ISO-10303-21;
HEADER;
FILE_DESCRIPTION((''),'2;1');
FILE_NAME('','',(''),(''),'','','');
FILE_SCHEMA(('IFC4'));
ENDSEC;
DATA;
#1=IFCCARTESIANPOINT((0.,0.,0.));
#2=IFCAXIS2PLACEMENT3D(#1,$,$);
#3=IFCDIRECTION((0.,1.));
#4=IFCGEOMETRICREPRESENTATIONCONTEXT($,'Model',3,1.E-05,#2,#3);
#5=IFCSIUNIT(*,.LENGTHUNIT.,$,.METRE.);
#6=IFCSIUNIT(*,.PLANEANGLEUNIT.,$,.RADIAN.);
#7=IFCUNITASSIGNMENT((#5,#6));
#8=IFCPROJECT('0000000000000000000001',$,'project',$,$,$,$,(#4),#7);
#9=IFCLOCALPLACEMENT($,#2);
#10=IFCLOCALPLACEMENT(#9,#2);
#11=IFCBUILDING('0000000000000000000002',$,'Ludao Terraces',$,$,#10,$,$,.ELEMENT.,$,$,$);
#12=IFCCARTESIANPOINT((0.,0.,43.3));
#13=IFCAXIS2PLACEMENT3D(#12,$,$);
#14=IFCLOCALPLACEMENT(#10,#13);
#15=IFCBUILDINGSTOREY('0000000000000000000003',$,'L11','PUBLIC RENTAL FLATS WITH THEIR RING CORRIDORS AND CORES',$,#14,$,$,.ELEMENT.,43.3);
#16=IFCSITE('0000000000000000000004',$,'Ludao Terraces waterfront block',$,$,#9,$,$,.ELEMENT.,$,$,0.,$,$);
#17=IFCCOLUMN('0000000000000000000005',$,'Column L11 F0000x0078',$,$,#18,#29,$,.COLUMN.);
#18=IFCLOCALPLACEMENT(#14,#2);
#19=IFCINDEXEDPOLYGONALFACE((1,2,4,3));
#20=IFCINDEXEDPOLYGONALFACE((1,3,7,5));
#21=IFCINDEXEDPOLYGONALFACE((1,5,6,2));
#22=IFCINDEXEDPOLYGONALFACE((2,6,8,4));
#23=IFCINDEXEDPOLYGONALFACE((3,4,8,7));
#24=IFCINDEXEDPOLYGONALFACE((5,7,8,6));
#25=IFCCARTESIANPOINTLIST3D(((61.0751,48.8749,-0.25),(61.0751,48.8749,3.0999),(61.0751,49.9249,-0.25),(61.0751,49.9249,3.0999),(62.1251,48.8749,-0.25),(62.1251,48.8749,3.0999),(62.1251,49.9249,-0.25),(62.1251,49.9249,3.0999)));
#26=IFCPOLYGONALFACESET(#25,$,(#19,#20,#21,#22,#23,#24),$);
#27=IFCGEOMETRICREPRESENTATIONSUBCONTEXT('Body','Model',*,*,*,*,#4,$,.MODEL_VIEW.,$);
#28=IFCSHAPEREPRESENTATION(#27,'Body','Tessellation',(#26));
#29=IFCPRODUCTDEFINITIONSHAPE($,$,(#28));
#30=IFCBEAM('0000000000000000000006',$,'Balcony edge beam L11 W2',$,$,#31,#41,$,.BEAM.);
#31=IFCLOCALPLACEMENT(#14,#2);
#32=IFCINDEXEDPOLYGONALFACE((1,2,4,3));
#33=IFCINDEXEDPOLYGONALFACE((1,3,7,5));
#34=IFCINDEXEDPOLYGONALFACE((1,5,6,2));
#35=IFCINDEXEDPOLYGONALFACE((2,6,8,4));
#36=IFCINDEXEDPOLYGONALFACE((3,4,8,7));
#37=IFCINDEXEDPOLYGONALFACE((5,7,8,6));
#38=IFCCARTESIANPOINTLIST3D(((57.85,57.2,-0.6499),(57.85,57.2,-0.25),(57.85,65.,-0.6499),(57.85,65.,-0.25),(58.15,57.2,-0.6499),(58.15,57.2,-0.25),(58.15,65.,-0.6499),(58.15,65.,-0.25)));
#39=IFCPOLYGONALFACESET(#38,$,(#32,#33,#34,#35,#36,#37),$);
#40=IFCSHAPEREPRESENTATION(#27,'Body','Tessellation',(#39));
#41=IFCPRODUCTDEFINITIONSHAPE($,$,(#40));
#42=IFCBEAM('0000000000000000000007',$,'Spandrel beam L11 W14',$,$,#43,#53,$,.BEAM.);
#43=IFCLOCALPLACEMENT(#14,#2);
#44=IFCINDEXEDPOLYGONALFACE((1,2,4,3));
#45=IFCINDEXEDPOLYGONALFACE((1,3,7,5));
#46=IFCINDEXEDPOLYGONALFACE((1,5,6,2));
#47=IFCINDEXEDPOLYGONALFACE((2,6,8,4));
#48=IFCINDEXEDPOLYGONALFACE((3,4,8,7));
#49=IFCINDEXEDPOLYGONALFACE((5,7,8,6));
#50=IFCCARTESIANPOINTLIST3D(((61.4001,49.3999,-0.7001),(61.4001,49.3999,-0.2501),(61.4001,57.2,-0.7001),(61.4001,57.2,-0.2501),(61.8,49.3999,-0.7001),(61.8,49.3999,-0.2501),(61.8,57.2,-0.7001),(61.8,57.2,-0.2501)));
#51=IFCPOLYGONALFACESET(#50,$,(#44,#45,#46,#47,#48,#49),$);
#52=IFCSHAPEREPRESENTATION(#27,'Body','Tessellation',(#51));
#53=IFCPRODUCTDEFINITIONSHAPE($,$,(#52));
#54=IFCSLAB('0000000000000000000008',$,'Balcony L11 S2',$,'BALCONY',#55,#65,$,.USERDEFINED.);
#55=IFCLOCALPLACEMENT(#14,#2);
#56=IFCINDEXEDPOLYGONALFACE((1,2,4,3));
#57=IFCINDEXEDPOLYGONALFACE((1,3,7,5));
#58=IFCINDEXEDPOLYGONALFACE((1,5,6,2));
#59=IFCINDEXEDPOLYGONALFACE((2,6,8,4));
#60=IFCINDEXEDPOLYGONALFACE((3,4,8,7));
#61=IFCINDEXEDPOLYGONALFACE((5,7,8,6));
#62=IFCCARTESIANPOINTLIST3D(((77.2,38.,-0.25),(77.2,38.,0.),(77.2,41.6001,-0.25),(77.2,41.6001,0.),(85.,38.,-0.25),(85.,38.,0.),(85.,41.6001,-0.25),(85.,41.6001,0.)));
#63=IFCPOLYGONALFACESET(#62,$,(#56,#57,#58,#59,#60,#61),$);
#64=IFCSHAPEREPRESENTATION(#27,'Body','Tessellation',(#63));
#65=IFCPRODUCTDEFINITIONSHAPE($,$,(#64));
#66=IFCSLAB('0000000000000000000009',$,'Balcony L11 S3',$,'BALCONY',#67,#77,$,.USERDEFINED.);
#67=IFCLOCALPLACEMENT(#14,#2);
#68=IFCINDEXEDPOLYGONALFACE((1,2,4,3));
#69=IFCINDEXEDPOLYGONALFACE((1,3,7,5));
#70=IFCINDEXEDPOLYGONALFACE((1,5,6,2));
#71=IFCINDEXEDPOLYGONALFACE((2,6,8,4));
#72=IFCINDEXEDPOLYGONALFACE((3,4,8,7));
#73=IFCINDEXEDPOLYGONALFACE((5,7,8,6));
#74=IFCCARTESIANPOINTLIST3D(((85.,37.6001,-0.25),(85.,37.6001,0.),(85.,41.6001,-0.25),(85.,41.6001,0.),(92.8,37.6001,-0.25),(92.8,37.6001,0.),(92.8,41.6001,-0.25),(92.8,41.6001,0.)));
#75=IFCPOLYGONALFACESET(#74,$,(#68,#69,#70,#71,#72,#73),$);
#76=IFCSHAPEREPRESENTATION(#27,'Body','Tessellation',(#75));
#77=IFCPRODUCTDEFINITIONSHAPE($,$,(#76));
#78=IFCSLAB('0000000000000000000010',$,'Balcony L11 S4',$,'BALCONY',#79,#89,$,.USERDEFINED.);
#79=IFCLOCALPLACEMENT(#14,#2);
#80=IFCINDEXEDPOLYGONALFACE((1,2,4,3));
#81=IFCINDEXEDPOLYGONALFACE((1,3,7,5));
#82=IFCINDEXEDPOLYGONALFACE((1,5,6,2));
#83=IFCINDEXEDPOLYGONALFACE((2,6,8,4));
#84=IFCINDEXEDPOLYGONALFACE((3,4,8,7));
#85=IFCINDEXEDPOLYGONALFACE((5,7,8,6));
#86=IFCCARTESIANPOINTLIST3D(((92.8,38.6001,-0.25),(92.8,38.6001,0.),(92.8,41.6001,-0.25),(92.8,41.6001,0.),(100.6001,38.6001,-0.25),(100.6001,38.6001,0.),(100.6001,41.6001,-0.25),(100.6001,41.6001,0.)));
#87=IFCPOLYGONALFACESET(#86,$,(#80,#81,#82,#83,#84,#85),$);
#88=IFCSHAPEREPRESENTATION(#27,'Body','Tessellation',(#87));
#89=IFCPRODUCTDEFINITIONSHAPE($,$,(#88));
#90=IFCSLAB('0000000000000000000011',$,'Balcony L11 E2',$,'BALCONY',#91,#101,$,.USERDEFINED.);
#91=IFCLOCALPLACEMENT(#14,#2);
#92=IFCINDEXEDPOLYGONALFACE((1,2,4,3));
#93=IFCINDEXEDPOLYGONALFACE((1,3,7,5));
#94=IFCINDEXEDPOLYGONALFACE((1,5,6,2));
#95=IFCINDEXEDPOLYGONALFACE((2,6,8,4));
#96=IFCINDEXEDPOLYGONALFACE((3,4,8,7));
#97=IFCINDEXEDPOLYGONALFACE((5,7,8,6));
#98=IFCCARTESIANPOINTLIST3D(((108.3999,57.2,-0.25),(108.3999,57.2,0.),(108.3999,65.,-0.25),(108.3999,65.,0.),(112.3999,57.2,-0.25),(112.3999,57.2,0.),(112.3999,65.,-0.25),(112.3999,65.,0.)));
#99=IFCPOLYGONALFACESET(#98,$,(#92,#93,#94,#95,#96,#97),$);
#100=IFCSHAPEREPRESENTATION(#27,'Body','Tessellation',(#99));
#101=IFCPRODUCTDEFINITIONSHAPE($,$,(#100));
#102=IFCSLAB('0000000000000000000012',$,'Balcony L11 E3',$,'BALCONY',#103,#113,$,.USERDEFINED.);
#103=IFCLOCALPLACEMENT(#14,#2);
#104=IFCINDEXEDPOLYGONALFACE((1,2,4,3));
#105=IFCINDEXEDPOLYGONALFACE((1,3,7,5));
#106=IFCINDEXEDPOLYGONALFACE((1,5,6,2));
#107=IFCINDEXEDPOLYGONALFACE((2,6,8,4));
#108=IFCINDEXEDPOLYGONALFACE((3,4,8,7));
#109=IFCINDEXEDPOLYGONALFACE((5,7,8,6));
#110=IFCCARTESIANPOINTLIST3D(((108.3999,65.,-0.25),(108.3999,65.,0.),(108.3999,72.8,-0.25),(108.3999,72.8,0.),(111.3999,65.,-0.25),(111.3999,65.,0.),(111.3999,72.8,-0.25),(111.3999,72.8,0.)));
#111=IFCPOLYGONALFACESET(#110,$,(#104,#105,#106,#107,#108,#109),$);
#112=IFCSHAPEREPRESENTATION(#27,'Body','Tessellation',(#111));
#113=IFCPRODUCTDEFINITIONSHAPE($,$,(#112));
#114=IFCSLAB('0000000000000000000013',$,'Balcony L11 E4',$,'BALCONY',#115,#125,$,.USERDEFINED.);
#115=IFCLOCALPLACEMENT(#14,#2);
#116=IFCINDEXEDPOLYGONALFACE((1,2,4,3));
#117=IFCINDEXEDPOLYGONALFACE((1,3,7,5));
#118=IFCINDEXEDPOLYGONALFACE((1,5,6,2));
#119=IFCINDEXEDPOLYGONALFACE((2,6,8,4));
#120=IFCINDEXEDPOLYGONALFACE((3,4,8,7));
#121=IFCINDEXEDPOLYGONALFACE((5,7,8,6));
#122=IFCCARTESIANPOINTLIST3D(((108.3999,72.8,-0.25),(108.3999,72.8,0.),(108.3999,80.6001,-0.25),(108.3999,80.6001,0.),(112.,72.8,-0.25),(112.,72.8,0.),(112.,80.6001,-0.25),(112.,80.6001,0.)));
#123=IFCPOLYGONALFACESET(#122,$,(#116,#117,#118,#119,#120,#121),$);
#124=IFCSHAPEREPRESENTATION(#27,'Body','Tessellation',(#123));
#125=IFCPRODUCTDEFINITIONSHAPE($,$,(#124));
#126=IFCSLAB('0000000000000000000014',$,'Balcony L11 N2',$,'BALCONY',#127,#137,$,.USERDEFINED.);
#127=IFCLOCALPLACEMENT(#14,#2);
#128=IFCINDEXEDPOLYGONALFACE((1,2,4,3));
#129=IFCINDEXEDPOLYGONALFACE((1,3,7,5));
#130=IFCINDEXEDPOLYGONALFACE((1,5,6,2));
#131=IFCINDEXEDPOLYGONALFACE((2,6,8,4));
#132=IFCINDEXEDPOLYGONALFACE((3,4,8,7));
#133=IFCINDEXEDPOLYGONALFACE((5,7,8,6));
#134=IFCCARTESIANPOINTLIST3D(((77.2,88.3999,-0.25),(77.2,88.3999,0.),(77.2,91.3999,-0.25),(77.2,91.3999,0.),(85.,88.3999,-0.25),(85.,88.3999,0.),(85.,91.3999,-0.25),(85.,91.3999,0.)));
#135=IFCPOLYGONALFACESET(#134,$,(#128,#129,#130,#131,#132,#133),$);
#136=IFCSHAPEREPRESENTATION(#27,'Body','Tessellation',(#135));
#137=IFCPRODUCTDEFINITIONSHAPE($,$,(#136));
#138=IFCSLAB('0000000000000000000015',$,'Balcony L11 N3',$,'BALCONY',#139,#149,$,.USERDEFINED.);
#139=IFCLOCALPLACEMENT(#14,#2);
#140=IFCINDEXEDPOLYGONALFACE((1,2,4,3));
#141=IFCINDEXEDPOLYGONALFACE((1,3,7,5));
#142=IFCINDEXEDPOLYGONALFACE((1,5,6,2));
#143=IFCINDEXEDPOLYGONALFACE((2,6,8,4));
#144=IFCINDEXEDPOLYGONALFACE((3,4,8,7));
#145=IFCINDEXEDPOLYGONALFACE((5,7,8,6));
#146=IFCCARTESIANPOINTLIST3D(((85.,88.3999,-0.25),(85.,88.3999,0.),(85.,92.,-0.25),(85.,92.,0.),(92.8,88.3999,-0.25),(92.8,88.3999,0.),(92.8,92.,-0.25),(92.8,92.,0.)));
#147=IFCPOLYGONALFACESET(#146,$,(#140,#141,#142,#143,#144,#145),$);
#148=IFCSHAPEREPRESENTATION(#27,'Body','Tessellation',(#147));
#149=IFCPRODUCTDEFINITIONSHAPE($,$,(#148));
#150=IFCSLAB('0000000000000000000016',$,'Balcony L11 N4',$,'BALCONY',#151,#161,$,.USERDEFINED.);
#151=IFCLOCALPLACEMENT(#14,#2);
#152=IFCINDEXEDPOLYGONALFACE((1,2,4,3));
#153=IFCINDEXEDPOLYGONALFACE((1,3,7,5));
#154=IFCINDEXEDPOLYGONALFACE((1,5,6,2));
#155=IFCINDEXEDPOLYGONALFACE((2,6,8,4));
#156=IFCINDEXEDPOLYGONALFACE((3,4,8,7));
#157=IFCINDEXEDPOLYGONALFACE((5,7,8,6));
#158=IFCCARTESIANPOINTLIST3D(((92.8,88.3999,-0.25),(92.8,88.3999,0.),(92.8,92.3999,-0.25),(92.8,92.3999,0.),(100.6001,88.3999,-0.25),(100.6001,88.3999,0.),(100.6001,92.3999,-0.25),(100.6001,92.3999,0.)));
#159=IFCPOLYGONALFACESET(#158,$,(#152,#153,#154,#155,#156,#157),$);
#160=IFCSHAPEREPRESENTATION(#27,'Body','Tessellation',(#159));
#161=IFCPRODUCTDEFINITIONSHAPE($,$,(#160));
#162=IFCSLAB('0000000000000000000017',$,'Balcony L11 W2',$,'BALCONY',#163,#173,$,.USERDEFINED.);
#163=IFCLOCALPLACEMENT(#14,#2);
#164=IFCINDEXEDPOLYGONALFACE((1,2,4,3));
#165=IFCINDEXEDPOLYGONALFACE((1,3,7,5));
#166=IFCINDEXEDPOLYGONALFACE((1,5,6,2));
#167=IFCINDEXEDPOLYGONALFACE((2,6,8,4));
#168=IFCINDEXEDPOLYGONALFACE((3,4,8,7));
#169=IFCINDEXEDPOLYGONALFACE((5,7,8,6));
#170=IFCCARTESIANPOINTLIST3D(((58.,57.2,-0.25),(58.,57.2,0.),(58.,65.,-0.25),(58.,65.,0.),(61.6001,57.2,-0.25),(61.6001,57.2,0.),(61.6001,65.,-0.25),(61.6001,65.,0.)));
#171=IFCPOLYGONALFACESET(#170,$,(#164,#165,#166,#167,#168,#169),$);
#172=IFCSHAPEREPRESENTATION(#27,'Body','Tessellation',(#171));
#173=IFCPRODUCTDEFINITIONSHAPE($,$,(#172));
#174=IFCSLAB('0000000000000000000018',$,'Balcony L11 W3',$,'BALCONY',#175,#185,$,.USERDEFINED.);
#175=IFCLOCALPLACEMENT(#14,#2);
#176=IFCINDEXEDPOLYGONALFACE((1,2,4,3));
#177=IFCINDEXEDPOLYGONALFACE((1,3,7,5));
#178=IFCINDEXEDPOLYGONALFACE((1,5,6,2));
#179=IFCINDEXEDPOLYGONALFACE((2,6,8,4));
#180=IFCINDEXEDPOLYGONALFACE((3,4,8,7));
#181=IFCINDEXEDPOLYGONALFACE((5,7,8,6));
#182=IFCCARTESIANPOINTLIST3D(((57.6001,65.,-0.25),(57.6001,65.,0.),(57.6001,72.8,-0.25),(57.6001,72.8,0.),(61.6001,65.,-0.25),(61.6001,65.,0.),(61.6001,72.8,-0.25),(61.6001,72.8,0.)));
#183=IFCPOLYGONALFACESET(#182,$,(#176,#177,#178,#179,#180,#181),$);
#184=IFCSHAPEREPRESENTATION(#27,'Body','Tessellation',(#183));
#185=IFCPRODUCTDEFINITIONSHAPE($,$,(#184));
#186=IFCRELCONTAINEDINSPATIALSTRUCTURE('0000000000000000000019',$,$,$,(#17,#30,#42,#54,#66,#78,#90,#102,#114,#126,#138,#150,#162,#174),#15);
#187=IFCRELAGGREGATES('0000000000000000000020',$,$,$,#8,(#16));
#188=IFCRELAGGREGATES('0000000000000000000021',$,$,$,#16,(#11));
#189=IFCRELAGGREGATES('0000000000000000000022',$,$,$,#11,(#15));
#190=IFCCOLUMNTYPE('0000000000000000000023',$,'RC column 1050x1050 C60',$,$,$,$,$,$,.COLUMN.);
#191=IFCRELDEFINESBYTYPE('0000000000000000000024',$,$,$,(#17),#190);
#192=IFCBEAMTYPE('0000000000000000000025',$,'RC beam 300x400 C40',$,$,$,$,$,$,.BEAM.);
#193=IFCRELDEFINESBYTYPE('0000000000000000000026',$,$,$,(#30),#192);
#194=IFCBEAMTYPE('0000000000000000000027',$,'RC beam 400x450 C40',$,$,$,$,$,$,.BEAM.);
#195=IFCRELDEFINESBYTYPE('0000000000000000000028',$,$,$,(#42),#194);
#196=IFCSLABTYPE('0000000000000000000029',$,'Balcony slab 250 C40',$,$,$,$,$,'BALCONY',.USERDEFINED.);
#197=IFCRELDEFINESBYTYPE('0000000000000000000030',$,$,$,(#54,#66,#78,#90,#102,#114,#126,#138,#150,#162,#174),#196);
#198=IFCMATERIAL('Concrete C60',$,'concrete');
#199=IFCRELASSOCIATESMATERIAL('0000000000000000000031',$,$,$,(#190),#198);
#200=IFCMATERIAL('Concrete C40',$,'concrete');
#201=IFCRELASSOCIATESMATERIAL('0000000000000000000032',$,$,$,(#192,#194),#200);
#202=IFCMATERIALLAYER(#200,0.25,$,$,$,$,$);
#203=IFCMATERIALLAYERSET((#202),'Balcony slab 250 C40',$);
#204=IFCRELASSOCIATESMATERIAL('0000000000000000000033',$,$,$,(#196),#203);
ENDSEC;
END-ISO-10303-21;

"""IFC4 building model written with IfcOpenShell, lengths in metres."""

from ifc_helpers import new_model, si_unit, direction, frame, origin, origin_2d, place, context, subcontext, project, spatial, polyline, rectangle, outline, extrude, material, layer, layer_set, material_profile, profile_set, type_object, element, save


model = new_model("IFC4")

# Units and contexts
model_context = context("Model", 3, precision=1e-05, world=origin(), true_north=direction((0.0, 1.0)))
body_context = subcontext(model_context, "Body", "Model", "MODEL_VIEW")
ifc_project = project(units=[si_unit("LENGTHUNIT", "METRE"), si_unit("PLANEANGLEUNIT", "RADIAN")], contexts=[model_context])

# Site, building, storey
site_placement = place(None, origin())
site = spatial("IfcSite", under=ifc_project, at=site_placement, Name="Ludao Terraces waterfront block", CompositionType="ELEMENT", RefElevation=0.0)
building_placement = place(site_placement, origin())
building = spatial("IfcBuilding", under=site, at=building_placement, Name="Ludao Terraces", CompositionType="ELEMENT")
storey_placement = place(building_placement, frame((0.0, 0.0, 43.3)))
storey = spatial("IfcBuildingStorey", under=building, at=storey_placement, Name="L11", Description="PUBLIC RENTAL FLATS WITH THEIR RING CORRIDORS AND CORES", CompositionType="ELEMENT", Elevation=43.3)

# Column
ifc_material_1 = material(Name="Concrete C60", Category="concrete")
ifc_material_profile_1 = material_profile(ifc_material_1, rectangle(XDim=1.05, YDim=1.05, at=origin_2d()), Name="1050 X 1050")
ifc_profile_set_1 = profile_set([ifc_material_profile_1], Name="Concrete C60")
column_type = type_object("IfcColumnType", Name="RC column 1050x1050 C60", PredefinedType="COLUMN", material=ifc_profile_set_1)
column_placement = place(storey_placement, frame((61.6001, 49.3999, -0.25), z_axis=(0.0, 0.0, 1.0), x_axis=(1.0, 0.0, 0.0)))
element("IfcColumn", 1, at=column_placement, inside=storey, type_object=column_type, Name="Column L11 F0000x0078", PredefinedType="COLUMN", context=body_context, shape_type="SweptSolid", body=[
    extrude(rectangle(XDim=1.05, YDim=1.05, at=origin_2d()), origin(), (0.0, 0.0, 1.0), 3.3499),
])

# Beams
ifc_material_2 = material(Name="Concrete C40", Category="concrete")
ifc_material_profile_2 = material_profile(ifc_material_2, rectangle(XDim=0.3, YDim=0.3999, at=origin_2d()), Name="300 X 400")
ifc_profile_set_2 = profile_set([ifc_material_profile_2], Name="Concrete C40")
beam_type_1 = type_object("IfcBeamType", Name="RC beam 300x400 C40", PredefinedType="BEAM", material=ifc_profile_set_2)
beam_1_placement = place(storey_placement, frame((58.0, 57.2, -0.45), z_axis=(0.0, 1.0, 0.0), x_axis=(-1.0, 0.0, 0.0)))
element("IfcBeam", 2, at=beam_1_placement, inside=storey, type_object=beam_type_1, Name="Balcony edge beam L11 W2", PredefinedType="BEAM", context=body_context, shape_type="SweptSolid", body=[
    extrude(rectangle(XDim=0.3, YDim=0.3999, at=origin_2d()), origin(), (0.0, 0.0, 1.0), 7.8),
])
ifc_material_profile_3 = material_profile(ifc_material_2, rectangle(XDim=0.3999, YDim=0.45, at=origin_2d()), Name="400 X 450")
ifc_profile_set_3 = profile_set([ifc_material_profile_3], Name="Concrete C40")
beam_type_2 = type_object("IfcBeamType", Name="RC beam 400x450 C40", PredefinedType="BEAM", material=ifc_profile_set_3)
beam_2_placement = place(storey_placement, frame((61.6001, 49.3999, -0.4751), z_axis=(0.0, 1.0, 0.0), x_axis=(-1.0, 0.0, 0.0)))
element("IfcBeam", 3, at=beam_2_placement, inside=storey, type_object=beam_type_2, Name="Spandrel beam L11 W14", PredefinedType="BEAM", context=body_context, shape_type="SweptSolid", body=[
    extrude(rectangle(XDim=0.3999, YDim=0.45, at=origin_2d()), origin(), (0.0, 0.0, 1.0), 7.8),
])

# Slabs
ifc_layer_1 = layer(ifc_material_2, 0.25)
ifc_layer_set_1 = layer_set([ifc_layer_1], Name="Balcony slab 250 C40")
slab_type_1 = type_object("IfcSlabType", Name="Balcony slab 250 C40", ElementType="BALCONY", PredefinedType="USERDEFINED", material=ifc_layer_set_1)
slab_1_placement = place(storey_placement, frame((0.0, 0.0, -0.25)))
element("IfcSlab", 4, at=slab_1_placement, inside=storey, type_object=slab_type_1, Name="Balcony L11 S2", ObjectType="BALCONY", PredefinedType="USERDEFINED", context=body_context, shape_type="SweptSolid", body=[
    extrude(outline(polyline([(77.2, 38.0), (85.0, 38.0), (85.0, 41.6001), (77.2, 41.6001), (77.2, 38.0)])), origin(), (0.0, 0.0, 1.0), 0.25),
])
slab_2_placement = place(storey_placement, frame((0.0, 0.0, -0.25)))
element("IfcSlab", 5, at=slab_2_placement, inside=storey, type_object=slab_type_1, Name="Balcony L11 S3", ObjectType="BALCONY", PredefinedType="USERDEFINED", context=body_context, shape_type="SweptSolid", body=[
    extrude(outline(polyline([(85.0, 37.6001), (92.8, 37.6001), (92.8, 41.6001), (85.0, 41.6001), (85.0, 37.6001)])), origin(), (0.0, 0.0, 1.0), 0.25),
])
slab_3_placement = place(storey_placement, frame((0.0, 0.0, -0.25)))
element("IfcSlab", 6, at=slab_3_placement, inside=storey, type_object=slab_type_1, Name="Balcony L11 S4", ObjectType="BALCONY", PredefinedType="USERDEFINED", context=body_context, shape_type="SweptSolid", body=[
    extrude(outline(polyline([(92.8, 38.6001), (100.6001, 38.6001), (100.6001, 41.6001), (92.8, 41.6001), (92.8, 38.6001)])), origin(), (0.0, 0.0, 1.0), 0.25),
])
slab_4_placement = place(storey_placement, frame((0.0, 0.0, -0.25)))
element("IfcSlab", 7, at=slab_4_placement, inside=storey, type_object=slab_type_1, Name="Balcony L11 E2", ObjectType="BALCONY", PredefinedType="USERDEFINED", context=body_context, shape_type="SweptSolid", body=[
    extrude(outline(polyline([(108.3999, 57.2), (112.3999, 57.2), (112.3999, 65.0), (108.3999, 65.0), (108.3999, 57.2)])), origin(), (0.0, 0.0, 1.0), 0.25),
])
slab_5_placement = place(storey_placement, frame((0.0, 0.0, -0.25)))
element("IfcSlab", 8, at=slab_5_placement, inside=storey, type_object=slab_type_1, Name="Balcony L11 E3", ObjectType="BALCONY", PredefinedType="USERDEFINED", context=body_context, shape_type="SweptSolid", body=[
    extrude(outline(polyline([(108.3999, 65.0), (111.3999, 65.0), (111.3999, 72.8), (108.3999, 72.8), (108.3999, 65.0)])), origin(), (0.0, 0.0, 1.0), 0.25),
])
slab_6_placement = place(storey_placement, frame((0.0, 0.0, -0.25)))
element("IfcSlab", 9, at=slab_6_placement, inside=storey, type_object=slab_type_1, Name="Balcony L11 E4", ObjectType="BALCONY", PredefinedType="USERDEFINED", context=body_context, shape_type="SweptSolid", body=[
    extrude(outline(polyline([(108.3999, 72.8), (112.0, 72.8), (112.0, 80.6001), (108.3999, 80.6001), (108.3999, 72.8)])), origin(), (0.0, 0.0, 1.0), 0.25),
])
slab_7_placement = place(storey_placement, frame((0.0, 0.0, -0.25)))
element("IfcSlab", 10, at=slab_7_placement, inside=storey, type_object=slab_type_1, Name="Balcony L11 N2", ObjectType="BALCONY", PredefinedType="USERDEFINED", context=body_context, shape_type="SweptSolid", body=[
    extrude(outline(polyline([(77.2, 88.3999), (85.0, 88.3999), (85.0, 91.3999), (77.2, 91.3999), (77.2, 88.3999)])), origin(), (0.0, 0.0, 1.0), 0.25),
])
slab_8_placement = place(storey_placement, frame((0.0, 0.0, -0.25)))
element("IfcSlab", 11, at=slab_8_placement, inside=storey, type_object=slab_type_1, Name="Balcony L11 N3", ObjectType="BALCONY", PredefinedType="USERDEFINED", context=body_context, shape_type="SweptSolid", body=[
    extrude(outline(polyline([(85.0, 88.3999), (92.8, 88.3999), (92.8, 92.0), (85.0, 92.0), (85.0, 88.3999)])), origin(), (0.0, 0.0, 1.0), 0.25),
])
slab_9_placement = place(storey_placement, frame((0.0, 0.0, -0.25)))
element("IfcSlab", 12, at=slab_9_placement, inside=storey, type_object=slab_type_1, Name="Balcony L11 N4", ObjectType="BALCONY", PredefinedType="USERDEFINED", context=body_context, shape_type="SweptSolid", body=[
    extrude(outline(polyline([(92.8, 88.3999), (100.6001, 88.3999), (100.6001, 92.3999), (92.8, 92.3999), (92.8, 88.3999)])), origin(), (0.0, 0.0, 1.0), 0.25),
])
slab_10_placement = place(storey_placement, frame((0.0, 0.0, -0.25)))
element("IfcSlab", 13, at=slab_10_placement, inside=storey, type_object=slab_type_1, Name="Balcony L11 W2", ObjectType="BALCONY", PredefinedType="USERDEFINED", context=body_context, shape_type="SweptSolid", body=[
    extrude(outline(polyline([(58.0, 57.2), (61.6001, 57.2), (61.6001, 65.0), (58.0, 65.0), (58.0, 57.2)])), origin(), (0.0, 0.0, 1.0), 0.25),
])
slab_11_placement = place(storey_placement, frame((0.0, 0.0, -0.25)))
element("IfcSlab", 14, at=slab_11_placement, inside=storey, type_object=slab_type_1, Name="Balcony L11 W3", ObjectType="BALCONY", PredefinedType="USERDEFINED", context=body_context, shape_type="SweptSolid", body=[
    extrude(outline(polyline([(57.6001, 65.0), (61.6001, 65.0), (61.6001, 72.8), (57.6001, 72.8), (57.6001, 65.0)])), origin(), (0.0, 0.0, 1.0), 0.25),
])

save(model, "model.ifc")
